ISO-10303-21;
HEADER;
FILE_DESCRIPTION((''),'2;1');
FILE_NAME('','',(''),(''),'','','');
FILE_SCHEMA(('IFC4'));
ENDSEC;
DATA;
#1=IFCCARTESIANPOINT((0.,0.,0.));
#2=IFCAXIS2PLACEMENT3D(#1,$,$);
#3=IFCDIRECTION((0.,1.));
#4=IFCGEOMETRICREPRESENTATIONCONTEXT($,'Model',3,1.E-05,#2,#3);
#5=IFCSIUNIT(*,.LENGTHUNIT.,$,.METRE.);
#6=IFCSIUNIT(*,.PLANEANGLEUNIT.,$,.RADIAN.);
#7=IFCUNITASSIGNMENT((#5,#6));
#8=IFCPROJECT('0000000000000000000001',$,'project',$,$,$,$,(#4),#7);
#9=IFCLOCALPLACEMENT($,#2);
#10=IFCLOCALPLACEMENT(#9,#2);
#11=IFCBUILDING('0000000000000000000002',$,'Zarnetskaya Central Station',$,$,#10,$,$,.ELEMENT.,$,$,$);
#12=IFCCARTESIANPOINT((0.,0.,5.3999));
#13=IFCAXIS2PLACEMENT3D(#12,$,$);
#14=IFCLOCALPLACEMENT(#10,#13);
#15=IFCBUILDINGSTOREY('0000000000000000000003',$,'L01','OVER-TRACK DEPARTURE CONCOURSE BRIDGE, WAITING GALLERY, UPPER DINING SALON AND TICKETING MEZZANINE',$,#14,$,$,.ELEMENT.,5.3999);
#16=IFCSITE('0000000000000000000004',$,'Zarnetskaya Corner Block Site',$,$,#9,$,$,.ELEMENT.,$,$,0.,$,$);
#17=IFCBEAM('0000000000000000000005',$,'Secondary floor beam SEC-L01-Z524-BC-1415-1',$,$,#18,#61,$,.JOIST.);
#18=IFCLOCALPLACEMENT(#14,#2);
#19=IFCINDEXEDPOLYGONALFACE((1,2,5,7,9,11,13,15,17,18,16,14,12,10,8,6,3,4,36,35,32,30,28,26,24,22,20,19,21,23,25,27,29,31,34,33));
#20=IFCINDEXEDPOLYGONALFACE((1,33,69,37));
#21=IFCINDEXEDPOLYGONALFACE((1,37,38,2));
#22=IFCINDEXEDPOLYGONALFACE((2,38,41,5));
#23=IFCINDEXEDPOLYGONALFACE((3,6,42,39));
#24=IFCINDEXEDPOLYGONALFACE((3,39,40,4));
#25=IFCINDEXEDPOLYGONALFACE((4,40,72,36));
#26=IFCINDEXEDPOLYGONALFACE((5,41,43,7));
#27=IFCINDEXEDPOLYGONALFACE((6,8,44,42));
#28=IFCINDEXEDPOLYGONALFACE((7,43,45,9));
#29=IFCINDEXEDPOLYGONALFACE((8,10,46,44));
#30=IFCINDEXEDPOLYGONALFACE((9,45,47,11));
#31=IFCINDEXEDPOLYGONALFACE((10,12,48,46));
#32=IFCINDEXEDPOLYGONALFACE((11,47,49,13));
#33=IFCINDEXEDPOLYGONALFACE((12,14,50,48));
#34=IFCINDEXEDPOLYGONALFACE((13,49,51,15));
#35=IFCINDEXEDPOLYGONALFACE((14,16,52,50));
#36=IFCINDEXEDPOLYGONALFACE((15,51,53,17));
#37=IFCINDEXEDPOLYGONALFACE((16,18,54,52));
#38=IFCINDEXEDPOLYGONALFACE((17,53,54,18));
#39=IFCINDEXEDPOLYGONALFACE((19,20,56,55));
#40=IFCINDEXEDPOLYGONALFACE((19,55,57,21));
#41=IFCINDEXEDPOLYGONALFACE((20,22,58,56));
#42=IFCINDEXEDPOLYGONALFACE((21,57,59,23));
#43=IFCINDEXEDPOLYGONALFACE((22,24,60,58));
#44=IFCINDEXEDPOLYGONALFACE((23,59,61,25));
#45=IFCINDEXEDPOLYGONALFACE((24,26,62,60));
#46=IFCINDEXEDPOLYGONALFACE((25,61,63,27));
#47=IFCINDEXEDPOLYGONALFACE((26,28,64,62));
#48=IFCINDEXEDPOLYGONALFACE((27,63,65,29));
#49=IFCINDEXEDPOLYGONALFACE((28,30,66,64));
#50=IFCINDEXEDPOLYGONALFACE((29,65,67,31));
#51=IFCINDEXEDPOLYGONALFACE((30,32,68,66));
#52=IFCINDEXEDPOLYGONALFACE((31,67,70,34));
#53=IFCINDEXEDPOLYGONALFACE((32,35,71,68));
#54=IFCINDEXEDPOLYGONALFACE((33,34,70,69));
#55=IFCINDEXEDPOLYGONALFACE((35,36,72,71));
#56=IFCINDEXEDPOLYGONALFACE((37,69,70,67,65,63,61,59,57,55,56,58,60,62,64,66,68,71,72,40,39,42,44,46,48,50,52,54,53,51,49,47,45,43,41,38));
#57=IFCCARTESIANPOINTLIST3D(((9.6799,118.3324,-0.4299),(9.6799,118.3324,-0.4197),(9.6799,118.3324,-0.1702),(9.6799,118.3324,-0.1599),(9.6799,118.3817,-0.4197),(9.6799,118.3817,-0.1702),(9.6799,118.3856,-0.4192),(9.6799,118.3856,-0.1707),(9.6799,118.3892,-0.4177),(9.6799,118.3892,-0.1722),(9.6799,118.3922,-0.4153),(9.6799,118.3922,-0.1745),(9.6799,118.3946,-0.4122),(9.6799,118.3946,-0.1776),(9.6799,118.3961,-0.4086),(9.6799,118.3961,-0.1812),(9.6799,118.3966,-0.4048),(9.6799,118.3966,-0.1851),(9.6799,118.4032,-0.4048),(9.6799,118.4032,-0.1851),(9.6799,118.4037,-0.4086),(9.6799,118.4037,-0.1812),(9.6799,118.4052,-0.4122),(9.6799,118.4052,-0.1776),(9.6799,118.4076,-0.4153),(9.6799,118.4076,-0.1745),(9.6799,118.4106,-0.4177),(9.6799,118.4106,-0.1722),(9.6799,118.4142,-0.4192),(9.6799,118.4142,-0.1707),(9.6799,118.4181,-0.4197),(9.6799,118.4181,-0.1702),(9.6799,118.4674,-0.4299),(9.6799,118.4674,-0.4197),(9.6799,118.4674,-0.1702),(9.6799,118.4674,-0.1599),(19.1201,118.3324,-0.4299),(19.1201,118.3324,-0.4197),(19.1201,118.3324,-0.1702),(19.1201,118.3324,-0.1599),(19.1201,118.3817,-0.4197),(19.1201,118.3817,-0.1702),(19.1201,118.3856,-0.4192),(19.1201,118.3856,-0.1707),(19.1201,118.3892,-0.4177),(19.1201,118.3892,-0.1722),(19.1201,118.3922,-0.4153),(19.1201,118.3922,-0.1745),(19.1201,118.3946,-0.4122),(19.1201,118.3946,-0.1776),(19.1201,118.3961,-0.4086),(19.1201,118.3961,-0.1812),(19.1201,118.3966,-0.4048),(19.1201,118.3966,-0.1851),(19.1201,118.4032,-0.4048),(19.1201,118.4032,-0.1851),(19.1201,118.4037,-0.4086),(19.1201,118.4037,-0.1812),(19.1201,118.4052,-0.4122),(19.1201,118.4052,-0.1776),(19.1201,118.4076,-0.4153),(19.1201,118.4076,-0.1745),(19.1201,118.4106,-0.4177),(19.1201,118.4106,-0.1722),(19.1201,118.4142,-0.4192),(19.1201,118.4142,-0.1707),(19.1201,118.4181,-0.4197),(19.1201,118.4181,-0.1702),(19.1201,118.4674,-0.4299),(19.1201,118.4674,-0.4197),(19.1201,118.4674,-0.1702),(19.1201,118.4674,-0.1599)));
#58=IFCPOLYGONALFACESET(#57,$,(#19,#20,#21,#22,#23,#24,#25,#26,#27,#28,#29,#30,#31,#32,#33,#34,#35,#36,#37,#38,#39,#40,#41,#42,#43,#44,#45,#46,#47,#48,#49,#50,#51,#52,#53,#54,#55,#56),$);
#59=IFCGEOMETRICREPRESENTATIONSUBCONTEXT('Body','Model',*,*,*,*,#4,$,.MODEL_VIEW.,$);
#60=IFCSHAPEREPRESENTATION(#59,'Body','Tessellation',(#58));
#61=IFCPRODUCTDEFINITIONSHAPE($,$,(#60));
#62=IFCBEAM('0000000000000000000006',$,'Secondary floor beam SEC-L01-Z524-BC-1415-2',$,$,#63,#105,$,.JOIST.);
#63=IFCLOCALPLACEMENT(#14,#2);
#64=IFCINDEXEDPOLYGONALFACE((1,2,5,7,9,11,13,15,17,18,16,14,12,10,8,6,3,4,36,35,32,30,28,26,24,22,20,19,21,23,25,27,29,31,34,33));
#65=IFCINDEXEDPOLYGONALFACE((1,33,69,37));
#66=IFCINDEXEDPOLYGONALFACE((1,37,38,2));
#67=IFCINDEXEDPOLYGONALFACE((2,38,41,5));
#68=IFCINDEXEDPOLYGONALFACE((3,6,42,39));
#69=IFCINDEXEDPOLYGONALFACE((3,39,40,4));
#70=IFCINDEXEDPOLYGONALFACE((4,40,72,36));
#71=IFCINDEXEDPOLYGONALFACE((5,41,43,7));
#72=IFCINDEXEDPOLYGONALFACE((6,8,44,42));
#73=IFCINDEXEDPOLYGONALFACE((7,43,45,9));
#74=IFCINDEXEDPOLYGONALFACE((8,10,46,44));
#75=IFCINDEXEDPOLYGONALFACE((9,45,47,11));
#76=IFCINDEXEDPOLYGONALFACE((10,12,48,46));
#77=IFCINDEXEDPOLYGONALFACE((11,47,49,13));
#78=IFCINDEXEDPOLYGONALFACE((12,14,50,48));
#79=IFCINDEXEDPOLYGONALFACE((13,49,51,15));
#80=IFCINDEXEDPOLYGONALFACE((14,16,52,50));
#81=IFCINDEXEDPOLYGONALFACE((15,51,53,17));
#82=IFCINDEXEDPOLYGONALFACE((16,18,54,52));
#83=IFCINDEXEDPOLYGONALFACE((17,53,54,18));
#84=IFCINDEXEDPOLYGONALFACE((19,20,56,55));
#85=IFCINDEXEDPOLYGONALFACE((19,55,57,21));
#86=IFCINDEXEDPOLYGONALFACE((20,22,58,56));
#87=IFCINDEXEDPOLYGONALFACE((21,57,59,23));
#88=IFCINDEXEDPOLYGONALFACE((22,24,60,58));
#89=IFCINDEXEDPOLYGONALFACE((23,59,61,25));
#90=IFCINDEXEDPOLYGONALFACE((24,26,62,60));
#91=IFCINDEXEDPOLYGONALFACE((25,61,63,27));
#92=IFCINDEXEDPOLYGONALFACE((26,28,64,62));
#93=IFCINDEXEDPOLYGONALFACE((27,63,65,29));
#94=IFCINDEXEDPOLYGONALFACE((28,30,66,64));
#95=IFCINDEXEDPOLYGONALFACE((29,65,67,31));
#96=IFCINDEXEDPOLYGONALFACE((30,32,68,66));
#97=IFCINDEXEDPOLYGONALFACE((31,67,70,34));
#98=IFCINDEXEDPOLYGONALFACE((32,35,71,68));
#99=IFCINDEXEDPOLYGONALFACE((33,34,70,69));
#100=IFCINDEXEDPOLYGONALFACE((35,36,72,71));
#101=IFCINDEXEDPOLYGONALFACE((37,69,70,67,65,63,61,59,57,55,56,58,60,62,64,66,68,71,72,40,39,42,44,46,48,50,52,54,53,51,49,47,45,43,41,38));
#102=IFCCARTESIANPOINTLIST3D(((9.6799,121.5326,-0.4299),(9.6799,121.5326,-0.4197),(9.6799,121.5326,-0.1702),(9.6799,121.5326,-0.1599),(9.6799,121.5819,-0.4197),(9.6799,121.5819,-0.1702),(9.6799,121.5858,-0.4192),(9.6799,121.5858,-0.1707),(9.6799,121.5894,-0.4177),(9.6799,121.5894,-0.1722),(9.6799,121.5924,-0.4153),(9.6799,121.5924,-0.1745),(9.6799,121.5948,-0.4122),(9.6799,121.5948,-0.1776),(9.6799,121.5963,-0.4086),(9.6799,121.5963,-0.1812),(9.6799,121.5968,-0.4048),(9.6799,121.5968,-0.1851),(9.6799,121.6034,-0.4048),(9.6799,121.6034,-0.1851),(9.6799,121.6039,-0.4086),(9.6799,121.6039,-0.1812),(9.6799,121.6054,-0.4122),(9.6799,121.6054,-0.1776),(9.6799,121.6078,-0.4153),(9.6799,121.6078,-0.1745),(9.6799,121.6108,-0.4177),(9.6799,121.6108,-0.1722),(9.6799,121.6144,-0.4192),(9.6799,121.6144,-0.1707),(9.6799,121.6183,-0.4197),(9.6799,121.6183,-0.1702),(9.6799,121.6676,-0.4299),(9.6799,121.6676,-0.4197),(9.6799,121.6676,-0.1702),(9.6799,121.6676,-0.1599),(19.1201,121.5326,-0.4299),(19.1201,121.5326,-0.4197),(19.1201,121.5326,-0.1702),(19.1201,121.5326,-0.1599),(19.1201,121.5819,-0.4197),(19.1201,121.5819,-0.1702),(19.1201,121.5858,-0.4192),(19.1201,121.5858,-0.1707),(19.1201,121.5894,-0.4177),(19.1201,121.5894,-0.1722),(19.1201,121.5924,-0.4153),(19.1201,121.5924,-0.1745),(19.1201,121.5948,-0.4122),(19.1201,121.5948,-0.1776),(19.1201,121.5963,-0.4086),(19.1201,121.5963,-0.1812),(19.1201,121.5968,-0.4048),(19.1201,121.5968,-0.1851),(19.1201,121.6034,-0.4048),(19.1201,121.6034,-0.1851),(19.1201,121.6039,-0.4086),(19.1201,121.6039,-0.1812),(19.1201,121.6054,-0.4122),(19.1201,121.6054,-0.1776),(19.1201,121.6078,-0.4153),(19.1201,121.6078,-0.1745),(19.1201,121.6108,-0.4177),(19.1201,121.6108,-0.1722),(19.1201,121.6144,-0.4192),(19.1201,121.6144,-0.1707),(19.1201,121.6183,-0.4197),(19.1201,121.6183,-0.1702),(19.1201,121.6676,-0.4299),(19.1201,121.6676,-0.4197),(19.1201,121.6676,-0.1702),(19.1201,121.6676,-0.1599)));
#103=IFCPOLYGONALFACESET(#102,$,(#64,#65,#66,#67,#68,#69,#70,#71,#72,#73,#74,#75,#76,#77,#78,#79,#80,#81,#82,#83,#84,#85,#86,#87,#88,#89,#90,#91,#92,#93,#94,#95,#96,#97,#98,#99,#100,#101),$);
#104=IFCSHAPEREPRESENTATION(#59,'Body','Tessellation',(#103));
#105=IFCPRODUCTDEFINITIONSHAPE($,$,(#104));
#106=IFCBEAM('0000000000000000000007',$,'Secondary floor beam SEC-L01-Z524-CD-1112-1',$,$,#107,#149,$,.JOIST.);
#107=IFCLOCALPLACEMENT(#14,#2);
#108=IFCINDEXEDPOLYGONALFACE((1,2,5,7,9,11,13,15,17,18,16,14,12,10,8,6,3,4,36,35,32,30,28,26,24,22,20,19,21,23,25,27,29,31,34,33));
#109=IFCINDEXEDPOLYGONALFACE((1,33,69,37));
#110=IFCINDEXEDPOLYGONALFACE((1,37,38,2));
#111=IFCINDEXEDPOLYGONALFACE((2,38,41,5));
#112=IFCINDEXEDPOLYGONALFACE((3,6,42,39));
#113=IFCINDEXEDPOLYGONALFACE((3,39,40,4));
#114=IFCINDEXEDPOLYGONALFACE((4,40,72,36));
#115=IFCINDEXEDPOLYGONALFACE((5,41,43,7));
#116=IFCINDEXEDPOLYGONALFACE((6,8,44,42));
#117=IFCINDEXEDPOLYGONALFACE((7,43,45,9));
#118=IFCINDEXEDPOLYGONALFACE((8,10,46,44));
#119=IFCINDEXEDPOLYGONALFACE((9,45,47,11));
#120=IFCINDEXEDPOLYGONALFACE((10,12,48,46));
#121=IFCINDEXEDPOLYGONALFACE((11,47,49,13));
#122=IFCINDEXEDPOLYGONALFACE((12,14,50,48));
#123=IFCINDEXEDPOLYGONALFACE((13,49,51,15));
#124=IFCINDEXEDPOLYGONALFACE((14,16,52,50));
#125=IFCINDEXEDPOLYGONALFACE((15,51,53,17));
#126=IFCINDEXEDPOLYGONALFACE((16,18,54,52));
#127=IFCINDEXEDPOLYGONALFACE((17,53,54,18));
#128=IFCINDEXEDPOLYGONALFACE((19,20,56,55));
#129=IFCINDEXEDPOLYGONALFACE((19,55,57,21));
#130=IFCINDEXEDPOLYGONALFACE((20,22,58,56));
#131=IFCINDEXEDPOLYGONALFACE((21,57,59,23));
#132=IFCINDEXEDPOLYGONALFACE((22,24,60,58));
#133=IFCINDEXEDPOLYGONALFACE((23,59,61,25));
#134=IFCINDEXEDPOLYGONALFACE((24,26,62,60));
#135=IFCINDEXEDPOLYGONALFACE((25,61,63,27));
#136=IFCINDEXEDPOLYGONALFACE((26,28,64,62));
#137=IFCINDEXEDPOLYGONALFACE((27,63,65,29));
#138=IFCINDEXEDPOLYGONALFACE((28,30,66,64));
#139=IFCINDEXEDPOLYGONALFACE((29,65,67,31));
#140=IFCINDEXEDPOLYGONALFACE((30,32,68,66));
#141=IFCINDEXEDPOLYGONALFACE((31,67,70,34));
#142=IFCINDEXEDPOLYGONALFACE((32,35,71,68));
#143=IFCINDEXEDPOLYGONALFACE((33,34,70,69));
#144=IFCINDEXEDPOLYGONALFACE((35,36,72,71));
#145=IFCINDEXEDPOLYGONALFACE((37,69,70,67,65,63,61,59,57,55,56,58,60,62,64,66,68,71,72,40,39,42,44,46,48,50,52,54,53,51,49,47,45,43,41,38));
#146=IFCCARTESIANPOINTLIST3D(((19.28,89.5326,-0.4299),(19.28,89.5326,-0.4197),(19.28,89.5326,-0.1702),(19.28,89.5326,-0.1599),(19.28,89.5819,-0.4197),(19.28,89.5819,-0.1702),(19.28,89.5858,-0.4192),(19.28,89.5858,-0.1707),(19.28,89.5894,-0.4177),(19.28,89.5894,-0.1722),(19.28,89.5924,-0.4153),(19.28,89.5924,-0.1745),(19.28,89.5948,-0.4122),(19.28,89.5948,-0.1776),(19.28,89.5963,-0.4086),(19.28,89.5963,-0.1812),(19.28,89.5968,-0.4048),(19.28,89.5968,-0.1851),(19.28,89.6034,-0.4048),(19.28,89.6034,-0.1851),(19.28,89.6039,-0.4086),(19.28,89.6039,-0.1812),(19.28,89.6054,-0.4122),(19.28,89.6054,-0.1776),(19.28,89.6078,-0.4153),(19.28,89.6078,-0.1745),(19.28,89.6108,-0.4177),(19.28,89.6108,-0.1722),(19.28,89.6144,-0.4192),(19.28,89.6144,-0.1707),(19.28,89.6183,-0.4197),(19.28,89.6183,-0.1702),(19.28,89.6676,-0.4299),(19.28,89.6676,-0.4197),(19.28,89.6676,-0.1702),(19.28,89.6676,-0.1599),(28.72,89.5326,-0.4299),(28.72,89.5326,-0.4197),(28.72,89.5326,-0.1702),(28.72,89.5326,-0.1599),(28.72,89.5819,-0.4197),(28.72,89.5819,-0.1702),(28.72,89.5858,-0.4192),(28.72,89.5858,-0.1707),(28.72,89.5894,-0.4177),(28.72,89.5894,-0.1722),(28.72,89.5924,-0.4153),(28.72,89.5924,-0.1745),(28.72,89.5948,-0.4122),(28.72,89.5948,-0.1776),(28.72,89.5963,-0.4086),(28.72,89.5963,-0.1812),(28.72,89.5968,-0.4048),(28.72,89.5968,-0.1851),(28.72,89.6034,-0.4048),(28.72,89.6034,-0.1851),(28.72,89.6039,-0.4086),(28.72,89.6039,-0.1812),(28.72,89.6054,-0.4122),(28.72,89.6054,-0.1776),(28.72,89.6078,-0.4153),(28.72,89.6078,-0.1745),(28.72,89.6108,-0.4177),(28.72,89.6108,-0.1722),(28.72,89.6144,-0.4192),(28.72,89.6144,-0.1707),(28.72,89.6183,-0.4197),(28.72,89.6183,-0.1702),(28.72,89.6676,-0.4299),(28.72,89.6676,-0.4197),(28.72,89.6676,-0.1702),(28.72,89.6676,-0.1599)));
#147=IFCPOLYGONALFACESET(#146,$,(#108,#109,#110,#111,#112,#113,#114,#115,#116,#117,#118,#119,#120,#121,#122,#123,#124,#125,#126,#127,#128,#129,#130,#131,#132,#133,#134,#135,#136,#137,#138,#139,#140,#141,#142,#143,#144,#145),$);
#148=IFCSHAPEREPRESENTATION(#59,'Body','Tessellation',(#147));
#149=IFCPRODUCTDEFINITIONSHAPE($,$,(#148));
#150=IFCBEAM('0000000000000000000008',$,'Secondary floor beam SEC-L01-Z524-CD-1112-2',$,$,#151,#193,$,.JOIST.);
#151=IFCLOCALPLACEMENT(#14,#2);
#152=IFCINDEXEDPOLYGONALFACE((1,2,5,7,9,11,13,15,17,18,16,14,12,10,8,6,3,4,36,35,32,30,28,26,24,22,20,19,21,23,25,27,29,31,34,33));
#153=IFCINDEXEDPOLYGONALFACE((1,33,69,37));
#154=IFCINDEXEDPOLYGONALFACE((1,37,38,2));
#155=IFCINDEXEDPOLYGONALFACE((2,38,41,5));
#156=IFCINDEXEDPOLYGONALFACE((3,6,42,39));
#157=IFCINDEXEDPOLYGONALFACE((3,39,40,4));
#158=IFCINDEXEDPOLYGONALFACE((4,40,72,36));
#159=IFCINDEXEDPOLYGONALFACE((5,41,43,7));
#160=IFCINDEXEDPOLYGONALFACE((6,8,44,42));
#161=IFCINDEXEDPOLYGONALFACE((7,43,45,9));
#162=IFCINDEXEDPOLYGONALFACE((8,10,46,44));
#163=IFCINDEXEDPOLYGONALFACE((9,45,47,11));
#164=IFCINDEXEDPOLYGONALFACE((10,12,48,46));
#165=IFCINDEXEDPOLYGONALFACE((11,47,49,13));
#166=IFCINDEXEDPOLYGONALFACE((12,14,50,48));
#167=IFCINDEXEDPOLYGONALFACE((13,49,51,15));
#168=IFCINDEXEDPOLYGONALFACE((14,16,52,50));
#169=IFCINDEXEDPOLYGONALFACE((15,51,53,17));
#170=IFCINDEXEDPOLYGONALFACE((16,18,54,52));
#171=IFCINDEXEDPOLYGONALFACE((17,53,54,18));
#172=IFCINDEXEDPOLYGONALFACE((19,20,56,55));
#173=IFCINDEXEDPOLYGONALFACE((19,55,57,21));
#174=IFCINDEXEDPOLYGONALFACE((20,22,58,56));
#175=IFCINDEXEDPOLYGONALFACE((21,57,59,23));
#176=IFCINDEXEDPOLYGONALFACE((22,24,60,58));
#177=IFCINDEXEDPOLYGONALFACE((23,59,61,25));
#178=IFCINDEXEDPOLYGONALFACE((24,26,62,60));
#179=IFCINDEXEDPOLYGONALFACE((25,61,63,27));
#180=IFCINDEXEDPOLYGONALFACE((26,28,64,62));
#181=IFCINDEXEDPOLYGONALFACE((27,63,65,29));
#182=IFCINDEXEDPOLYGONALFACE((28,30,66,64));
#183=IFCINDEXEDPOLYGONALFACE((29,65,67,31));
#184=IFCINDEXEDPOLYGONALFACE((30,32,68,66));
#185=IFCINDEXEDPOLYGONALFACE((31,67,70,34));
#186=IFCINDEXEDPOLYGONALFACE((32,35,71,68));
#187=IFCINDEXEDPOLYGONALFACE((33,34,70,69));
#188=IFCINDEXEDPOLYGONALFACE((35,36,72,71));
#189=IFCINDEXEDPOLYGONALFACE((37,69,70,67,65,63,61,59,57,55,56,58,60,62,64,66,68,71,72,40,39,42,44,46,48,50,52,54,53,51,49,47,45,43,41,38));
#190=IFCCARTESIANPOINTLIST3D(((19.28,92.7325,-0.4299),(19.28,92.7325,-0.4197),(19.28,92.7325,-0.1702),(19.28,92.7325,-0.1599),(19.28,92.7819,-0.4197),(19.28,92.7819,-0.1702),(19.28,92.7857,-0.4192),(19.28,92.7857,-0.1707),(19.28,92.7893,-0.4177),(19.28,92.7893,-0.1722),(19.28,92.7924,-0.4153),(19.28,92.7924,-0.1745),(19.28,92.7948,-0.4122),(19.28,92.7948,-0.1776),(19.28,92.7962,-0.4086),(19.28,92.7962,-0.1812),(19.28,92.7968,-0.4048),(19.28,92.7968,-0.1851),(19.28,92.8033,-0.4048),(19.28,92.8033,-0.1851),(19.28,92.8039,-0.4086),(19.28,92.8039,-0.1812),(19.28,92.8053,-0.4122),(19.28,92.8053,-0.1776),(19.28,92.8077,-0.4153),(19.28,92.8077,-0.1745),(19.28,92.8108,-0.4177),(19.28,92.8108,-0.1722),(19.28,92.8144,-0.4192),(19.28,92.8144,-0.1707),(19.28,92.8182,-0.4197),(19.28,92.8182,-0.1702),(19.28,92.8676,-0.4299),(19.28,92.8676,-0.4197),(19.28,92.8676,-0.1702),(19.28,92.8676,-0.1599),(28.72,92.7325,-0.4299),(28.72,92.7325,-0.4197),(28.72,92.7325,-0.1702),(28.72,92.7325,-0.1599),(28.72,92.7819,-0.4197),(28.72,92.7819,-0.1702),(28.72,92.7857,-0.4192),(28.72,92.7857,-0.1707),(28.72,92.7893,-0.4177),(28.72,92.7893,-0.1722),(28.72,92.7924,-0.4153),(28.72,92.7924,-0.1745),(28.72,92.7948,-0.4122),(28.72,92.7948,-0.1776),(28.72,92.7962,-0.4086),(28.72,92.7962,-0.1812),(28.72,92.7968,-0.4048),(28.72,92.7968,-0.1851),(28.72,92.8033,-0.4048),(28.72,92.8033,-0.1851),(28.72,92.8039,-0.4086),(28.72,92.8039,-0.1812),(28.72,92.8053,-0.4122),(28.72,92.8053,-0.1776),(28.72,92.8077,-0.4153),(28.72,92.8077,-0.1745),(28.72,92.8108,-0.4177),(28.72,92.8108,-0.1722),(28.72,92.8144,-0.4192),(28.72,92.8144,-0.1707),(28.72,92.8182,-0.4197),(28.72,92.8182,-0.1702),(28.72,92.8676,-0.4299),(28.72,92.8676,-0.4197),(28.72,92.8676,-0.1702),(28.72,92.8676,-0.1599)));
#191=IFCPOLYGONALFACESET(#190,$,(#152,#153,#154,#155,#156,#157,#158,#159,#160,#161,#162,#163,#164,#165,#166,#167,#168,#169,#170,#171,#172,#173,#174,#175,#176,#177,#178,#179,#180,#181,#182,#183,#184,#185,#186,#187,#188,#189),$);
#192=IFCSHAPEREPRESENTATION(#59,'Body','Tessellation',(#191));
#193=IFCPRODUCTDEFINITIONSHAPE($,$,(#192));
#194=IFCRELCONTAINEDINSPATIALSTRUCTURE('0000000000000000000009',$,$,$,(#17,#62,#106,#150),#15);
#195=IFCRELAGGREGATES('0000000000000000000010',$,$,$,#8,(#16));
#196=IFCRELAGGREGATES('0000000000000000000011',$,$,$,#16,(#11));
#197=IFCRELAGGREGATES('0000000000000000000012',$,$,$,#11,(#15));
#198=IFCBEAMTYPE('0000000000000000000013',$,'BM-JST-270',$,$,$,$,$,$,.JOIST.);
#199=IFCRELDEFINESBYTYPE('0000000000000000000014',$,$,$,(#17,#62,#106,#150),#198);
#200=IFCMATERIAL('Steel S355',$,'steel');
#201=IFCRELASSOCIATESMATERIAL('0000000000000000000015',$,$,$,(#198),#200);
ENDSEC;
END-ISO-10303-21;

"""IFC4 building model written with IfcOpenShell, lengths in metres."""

from ifc_helpers import new_model, si_unit, direction, frame, origin, origin_2d, place, context, subcontext, project, spatial, i_section, extrude, material, material_profile, profile_set, type_object, element, save


model = new_model("IFC4")

# Units and contexts
model_context = context("Model", 3, precision=1e-05, world=origin(), true_north=direction((0.0, 1.0)))
body_context = subcontext(model_context, "Body", "Model", "MODEL_VIEW")
ifc_project = project(units=[si_unit("LENGTHUNIT", "METRE"), si_unit("PLANEANGLEUNIT", "RADIAN")], contexts=[model_context])

# Site, building, storey
site_placement = place(None, origin())
site = spatial("IfcSite", under=ifc_project, at=site_placement, Name="Zarnetskaya Corner Block Site", CompositionType="ELEMENT", RefElevation=0.0)
building_placement = place(site_placement, origin())
building = spatial("IfcBuilding", under=site, at=building_placement, Name="Zarnetskaya Central Station", CompositionType="ELEMENT")
storey_placement = place(building_placement, frame((0.0, 0.0, 5.3999)))
storey = spatial("IfcBuildingStorey", under=building, at=storey_placement, Name="L01", Description="OVER-TRACK DEPARTURE CONCOURSE BRIDGE, WAITING GALLERY, UPPER DINING SALON AND TICKETING MEZZANINE", CompositionType="ELEMENT", Elevation=5.3999)

# Beams
ifc_material = material(Name="Steel S355", Category="steel")
ifc_material_profile_1 = material_profile(ifc_material, i_section(OverallWidth=0.135, OverallDepth=0.27, WebThickness=0.0066, FlangeThickness=0.0103, FilletRadius=0.0149, at=origin_2d()), Name="IPE 270")
ifc_profile_set_1 = profile_set([ifc_material_profile_1], Name="Steel S355")
beam_type_1 = type_object("IfcBeamType", Name="BM-JST-270", PredefinedType="JOIST", material=ifc_profile_set_1)
for number, where, z_axis, x_axis, name in (
    (1, (9.6799, 118.3999, -0.2949), (1.0, 0.0, 0.0), (0.0, 1.0, 0.0), "Secondary floor beam SEC-L01-Z524-BC-1415-1"),
    (2, (9.6799, 121.6001, -0.2949), (1.0, 0.0, 0.0), (0.0, 1.0, 0.0), "Secondary floor beam SEC-L01-Z524-BC-1415-2"),
):
    element("IfcBeam", number, at=place(storey_placement, frame(where, z_axis=z_axis, x_axis=x_axis)), inside=storey, type_object=beam_type_1, Name=name, PredefinedType="JOIST", context=body_context, shape_type="SweptSolid", body=[
        extrude(i_section(OverallWidth=0.135, OverallDepth=0.27, WebThickness=0.0066, FlangeThickness=0.0103, FilletRadius=0.0149, at=origin_2d()), origin(), (0.0, 0.0, 1.0), 9.4402),
    ])
for number, where, z_axis, x_axis, name in (
    (3, (19.28, 89.6001, -0.2949), (1.0, 0.0, 0.0), (0.0, 1.0, 0.0), "Secondary floor beam SEC-L01-Z524-CD-1112-1"),
    (4, (19.28, 92.8, -0.2949), (1.0, 0.0, 0.0), (0.0, 1.0, 0.0), "Secondary floor beam SEC-L01-Z524-CD-1112-2"),
):
    element("IfcBeam", number, at=place(storey_placement, frame(where, z_axis=z_axis, x_axis=x_axis)), inside=storey, type_object=beam_type_1, Name=name, PredefinedType="JOIST", context=body_context, shape_type="SweptSolid", body=[
        extrude(i_section(OverallWidth=0.135, OverallDepth=0.27, WebThickness=0.0066, FlangeThickness=0.0103, FilletRadius=0.0149, at=origin_2d()), origin(), (0.0, 0.0, 1.0), 9.4399),
    ])

save(model, "model.ifc")
